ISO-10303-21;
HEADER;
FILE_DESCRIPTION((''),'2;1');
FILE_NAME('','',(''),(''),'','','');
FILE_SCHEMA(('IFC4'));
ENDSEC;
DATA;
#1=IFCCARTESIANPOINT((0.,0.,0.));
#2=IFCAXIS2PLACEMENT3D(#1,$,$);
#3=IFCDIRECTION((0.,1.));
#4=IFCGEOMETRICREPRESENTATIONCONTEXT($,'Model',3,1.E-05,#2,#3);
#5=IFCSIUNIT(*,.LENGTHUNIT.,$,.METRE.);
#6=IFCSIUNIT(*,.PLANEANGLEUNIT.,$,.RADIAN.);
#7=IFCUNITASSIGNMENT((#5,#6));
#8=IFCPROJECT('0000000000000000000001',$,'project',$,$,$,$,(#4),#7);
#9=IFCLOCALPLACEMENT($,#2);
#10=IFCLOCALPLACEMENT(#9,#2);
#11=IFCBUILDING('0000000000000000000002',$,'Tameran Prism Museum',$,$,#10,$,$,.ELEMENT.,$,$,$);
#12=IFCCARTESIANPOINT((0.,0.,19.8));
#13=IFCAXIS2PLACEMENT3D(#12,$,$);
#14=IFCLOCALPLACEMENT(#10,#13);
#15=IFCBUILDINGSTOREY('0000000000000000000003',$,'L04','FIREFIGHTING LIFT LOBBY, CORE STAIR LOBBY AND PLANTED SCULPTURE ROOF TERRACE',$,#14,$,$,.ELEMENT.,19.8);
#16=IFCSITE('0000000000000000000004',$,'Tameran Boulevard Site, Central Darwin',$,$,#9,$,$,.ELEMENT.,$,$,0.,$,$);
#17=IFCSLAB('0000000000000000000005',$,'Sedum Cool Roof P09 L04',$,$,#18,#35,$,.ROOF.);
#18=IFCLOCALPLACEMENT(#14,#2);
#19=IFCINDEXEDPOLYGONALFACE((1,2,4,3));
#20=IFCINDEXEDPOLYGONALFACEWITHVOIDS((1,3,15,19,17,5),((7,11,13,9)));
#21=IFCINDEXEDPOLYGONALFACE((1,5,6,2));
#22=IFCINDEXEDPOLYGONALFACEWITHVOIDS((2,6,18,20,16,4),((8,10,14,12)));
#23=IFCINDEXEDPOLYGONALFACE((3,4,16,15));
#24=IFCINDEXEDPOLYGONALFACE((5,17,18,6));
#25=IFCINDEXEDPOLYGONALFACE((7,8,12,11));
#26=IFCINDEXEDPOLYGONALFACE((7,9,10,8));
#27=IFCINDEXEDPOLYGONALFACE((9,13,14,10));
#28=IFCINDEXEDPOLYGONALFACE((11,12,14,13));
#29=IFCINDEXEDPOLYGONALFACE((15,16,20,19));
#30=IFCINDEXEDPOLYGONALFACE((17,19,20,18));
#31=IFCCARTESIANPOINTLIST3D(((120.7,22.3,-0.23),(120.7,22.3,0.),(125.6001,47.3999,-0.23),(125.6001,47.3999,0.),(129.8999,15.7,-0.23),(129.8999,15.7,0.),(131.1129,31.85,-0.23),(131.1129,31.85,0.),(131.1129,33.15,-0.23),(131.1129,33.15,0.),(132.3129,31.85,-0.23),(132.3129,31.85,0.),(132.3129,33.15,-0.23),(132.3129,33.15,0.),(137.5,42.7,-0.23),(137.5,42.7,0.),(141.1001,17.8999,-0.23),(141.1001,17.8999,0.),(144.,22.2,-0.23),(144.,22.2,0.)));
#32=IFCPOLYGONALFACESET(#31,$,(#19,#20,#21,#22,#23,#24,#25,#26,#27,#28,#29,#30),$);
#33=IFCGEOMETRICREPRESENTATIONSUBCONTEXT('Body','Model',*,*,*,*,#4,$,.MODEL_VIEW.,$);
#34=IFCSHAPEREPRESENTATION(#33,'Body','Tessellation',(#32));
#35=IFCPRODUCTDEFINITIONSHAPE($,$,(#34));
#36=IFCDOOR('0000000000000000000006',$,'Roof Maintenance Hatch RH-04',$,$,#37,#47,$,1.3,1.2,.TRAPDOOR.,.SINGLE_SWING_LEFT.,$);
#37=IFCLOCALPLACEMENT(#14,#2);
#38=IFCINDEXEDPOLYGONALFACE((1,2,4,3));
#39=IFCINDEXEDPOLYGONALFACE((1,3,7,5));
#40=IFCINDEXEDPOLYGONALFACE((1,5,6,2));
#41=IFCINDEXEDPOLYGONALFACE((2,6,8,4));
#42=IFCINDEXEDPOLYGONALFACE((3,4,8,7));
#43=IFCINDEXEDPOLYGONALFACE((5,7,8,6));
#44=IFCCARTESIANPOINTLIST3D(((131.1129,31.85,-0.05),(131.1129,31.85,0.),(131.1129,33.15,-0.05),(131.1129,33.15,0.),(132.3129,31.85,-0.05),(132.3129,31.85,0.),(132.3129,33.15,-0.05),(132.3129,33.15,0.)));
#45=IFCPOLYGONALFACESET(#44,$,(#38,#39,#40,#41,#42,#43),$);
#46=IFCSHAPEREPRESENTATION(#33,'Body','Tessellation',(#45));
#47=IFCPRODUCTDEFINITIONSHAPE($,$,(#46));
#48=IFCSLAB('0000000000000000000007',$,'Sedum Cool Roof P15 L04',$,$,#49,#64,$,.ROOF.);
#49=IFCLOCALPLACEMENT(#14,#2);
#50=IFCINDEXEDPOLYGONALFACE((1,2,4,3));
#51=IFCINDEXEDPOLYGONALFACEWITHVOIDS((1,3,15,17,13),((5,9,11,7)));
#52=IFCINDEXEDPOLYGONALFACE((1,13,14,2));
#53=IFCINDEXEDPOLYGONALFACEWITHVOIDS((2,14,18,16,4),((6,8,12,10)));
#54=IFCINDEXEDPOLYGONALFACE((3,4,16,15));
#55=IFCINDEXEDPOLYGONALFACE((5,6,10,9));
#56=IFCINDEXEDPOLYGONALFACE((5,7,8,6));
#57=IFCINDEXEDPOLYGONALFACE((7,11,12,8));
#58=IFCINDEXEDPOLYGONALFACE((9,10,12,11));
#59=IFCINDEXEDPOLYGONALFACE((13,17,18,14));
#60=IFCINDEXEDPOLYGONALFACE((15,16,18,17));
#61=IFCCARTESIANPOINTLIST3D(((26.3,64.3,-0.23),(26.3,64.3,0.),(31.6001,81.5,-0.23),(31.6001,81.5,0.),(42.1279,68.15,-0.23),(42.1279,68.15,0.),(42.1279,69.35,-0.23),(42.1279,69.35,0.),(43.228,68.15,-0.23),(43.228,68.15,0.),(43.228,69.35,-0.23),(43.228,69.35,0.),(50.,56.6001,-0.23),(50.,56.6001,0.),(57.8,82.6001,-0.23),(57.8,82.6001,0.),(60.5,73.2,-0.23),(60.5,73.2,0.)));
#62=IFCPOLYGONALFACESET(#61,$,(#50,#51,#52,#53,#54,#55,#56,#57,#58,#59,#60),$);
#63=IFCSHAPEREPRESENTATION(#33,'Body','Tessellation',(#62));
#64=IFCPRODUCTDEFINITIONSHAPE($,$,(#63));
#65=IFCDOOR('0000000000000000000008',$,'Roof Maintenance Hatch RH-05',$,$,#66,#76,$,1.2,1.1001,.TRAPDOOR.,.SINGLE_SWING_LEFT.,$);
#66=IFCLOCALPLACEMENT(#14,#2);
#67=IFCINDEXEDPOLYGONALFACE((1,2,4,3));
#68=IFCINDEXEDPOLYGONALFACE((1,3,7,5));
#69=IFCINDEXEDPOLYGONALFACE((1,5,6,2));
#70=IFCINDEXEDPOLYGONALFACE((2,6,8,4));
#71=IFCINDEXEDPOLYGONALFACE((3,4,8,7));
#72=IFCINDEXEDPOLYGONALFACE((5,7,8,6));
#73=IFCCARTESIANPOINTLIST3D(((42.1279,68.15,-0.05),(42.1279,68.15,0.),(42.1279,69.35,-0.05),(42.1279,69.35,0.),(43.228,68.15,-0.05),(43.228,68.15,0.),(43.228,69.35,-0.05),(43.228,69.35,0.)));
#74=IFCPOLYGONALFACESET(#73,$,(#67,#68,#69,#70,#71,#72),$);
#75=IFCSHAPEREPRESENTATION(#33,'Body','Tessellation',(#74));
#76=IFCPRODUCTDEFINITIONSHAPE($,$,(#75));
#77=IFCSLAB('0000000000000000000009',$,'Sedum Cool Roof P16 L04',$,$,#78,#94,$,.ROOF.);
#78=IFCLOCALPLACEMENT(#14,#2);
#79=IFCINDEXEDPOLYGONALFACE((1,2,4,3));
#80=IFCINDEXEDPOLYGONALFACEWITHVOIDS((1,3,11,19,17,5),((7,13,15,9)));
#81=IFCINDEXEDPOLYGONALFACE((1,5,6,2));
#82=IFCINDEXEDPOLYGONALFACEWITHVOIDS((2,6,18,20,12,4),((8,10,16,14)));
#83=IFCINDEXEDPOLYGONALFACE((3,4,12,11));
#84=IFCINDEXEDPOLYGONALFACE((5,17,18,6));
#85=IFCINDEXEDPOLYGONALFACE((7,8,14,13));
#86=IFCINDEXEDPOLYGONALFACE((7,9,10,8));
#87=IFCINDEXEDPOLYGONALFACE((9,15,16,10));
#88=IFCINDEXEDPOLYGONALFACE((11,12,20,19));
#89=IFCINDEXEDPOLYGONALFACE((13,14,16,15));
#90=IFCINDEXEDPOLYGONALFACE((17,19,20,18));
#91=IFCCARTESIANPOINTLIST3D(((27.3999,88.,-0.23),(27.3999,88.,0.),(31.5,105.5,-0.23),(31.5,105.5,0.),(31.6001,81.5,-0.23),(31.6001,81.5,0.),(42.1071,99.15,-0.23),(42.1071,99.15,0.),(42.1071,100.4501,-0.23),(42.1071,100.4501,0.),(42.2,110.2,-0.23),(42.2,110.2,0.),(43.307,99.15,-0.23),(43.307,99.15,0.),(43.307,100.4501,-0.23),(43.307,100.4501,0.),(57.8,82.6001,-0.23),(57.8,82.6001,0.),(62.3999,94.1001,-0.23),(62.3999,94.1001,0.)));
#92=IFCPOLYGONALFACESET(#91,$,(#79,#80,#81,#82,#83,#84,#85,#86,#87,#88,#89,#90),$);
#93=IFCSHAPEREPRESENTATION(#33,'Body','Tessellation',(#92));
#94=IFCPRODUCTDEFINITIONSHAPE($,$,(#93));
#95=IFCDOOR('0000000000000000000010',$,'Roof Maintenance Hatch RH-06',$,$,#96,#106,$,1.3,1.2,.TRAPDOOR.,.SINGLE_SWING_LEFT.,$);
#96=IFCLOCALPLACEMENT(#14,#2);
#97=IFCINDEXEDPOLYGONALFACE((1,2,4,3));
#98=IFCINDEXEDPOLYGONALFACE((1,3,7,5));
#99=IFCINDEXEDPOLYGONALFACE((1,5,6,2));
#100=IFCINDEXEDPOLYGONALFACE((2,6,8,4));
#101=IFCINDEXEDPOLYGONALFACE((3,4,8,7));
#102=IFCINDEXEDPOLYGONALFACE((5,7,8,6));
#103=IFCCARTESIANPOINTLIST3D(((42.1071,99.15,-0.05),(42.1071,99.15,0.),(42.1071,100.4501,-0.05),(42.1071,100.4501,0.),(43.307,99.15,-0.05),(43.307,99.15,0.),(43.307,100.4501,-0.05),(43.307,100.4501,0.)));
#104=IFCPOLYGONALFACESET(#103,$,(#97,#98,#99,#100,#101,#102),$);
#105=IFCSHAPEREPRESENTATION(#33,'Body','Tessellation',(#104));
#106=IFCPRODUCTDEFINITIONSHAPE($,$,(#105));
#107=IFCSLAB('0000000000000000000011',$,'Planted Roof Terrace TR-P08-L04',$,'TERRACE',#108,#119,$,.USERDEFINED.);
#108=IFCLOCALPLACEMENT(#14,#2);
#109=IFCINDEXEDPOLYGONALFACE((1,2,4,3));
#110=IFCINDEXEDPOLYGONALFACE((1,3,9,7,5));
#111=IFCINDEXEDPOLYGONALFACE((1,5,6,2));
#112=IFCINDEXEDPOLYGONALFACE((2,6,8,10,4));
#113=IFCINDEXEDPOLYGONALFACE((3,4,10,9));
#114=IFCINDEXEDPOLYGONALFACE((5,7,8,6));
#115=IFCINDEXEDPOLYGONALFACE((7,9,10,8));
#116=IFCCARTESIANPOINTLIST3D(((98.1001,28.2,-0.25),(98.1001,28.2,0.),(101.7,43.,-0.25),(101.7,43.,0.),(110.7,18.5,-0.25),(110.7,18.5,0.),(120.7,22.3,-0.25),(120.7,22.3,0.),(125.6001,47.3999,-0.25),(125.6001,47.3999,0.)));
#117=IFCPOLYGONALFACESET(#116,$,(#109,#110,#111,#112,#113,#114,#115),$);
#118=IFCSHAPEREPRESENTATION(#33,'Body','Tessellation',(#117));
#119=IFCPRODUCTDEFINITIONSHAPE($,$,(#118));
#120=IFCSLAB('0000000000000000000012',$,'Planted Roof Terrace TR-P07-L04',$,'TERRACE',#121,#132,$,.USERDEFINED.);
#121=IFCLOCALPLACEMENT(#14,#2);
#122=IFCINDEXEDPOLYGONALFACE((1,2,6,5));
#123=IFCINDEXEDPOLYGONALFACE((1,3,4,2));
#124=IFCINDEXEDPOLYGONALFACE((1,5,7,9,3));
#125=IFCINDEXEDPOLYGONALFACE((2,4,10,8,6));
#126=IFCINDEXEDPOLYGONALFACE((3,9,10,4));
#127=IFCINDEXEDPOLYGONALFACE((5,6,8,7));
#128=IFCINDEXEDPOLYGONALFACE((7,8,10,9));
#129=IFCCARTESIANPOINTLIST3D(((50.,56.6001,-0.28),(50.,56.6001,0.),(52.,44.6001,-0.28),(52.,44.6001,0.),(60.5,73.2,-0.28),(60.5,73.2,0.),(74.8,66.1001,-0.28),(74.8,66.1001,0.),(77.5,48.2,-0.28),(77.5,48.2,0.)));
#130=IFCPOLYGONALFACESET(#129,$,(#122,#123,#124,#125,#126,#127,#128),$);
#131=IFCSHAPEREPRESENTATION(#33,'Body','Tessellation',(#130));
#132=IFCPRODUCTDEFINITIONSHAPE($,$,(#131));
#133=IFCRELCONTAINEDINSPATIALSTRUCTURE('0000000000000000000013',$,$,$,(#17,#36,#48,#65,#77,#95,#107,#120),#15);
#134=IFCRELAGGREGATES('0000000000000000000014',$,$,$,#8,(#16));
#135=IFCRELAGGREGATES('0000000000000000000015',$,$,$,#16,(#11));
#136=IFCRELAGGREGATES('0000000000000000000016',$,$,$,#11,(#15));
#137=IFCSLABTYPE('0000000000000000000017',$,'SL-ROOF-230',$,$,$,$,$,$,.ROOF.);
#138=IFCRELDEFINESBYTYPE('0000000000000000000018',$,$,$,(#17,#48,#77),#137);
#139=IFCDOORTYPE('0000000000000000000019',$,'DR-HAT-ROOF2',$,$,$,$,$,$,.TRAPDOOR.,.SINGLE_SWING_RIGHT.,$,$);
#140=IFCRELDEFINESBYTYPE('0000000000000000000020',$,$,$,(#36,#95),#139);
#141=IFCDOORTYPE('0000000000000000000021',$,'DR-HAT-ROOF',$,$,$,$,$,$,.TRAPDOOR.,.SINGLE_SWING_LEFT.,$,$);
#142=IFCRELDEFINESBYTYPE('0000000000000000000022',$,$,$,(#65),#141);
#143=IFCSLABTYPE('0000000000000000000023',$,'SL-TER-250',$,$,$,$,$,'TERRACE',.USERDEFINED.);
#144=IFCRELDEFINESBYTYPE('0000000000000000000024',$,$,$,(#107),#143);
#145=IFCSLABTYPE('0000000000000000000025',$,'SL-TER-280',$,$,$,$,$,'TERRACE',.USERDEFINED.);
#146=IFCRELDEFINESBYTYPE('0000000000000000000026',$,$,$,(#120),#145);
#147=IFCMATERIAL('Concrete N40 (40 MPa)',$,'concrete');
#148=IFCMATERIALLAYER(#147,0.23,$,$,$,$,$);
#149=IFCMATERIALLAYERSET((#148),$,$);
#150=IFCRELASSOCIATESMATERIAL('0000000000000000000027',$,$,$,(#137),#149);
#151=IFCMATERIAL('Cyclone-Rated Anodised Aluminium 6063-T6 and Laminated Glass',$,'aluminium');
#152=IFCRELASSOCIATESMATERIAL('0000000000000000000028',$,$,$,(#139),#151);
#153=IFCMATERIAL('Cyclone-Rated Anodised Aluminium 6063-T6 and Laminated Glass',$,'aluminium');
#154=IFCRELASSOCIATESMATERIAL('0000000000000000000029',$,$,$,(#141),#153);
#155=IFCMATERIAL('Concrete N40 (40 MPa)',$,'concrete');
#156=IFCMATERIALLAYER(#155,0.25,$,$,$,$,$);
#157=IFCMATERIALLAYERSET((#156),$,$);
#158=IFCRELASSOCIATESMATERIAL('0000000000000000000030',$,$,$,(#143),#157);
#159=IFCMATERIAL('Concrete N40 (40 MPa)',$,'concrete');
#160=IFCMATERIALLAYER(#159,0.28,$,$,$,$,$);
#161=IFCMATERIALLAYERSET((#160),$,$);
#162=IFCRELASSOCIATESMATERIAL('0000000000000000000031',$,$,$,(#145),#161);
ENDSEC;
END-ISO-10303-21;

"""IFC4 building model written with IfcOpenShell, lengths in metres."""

from ifc_helpers import new_model, si_unit, direction, frame, origin, origin_2d, place, context, subcontext, project, spatial, polyline, rectangle, outline, extrude, material, layer, layer_set, type_object, element, fill, save


model = new_model("IFC4")

# Units and contexts
model_context = context("Model", 3, precision=1e-05, world=origin(), true_north=direction((0.0, 1.0)))
body_context = subcontext(model_context, "Body", "Model", "MODEL_VIEW")
ifc_project = project(units=[si_unit("LENGTHUNIT", "METRE"), si_unit("PLANEANGLEUNIT", "RADIAN")], contexts=[model_context])

# Site, building, storey
site_placement = place(None, origin())
site = spatial("IfcSite", under=ifc_project, at=site_placement, Name="Tameran Boulevard Site, Central Darwin", CompositionType="ELEMENT", RefElevation=0.0)
building_placement = place(site_placement, origin())
building = spatial("IfcBuilding", under=site, at=building_placement, Name="Tameran Prism Museum", CompositionType="ELEMENT")
storey_placement = place(building_placement, frame((0.0, 0.0, 19.8)))
storey = spatial("IfcBuildingStorey", under=building, at=storey_placement, Name="L04", Description="FIREFIGHTING LIFT LOBBY, CORE STAIR LOBBY AND PLANTED SCULPTURE ROOF TERRACE", CompositionType="ELEMENT", Elevation=19.8)

# Slabs, openings, doors
ifc_material_1 = material(Name="Concrete N40 (40 MPa)", Category="concrete")
ifc_layer_1 = layer(ifc_material_1, 0.23)
ifc_layer_set_1 = layer_set([ifc_layer_1])
slab_type_1 = type_object("IfcSlabType", Name="SL-ROOF-230", PredefinedType="ROOF", material=ifc_layer_set_1)
slab_1_placement = place(storey_placement, frame((0.0, 0.0, -0.23)))
slab_1 = element("IfcSlab", 1, at=slab_1_placement, inside=storey, type_object=slab_type_1, Name="Sedum Cool Roof P09 L04", PredefinedType="ROOF", context=body_context, shape_type="SweptSolid", body=[
    extrude(outline(polyline([(137.5, 42.7), (125.6001, 47.3999), (120.7, 22.3), (129.8999, 15.7), (141.1001, 17.8999), (144.0, 22.2), (137.5, 42.7)])), origin(), (0.0, 0.0, 1.0), 0.23),
])
opening_1_placement = place(slab_1_placement, frame((131.7129, 32.5, 0.0)))
opening_1 = element("IfcOpeningElement", 2, at=opening_1_placement, cuts=slab_1, PredefinedType="OPENING", context=body_context, shape_type="SweptSolid", body=[
    extrude(rectangle(XDim=1.2, YDim=1.3, at=origin_2d()), frame((0.0, 0.0, -0.01)), (0.0, 0.0, 1.0), 0.25),
])
ifc_material_2 = material(Name="Cyclone-Rated Anodised Aluminium 6063-T6 and Laminated Glass", Category="aluminium")
door_type_1 = type_object("IfcDoorType", Name="DR-HAT-ROOF2", OperationType="SINGLE_SWING_RIGHT", PredefinedType="TRAPDOOR", material=ifc_material_2)
door_1_placement = place(opening_1_placement, frame((0.0, 0.0, 0.1799)))
door_1 = element("IfcDoor", 3, at=door_1_placement, inside=storey, type_object=door_type_1, Name="Roof Maintenance Hatch RH-04", OperationType="SINGLE_SWING_LEFT", OverallHeight=1.3, OverallWidth=1.2, PredefinedType="TRAPDOOR", context=body_context, shape_type="SweptSolid", body=[
    extrude(rectangle(XDim=1.2, YDim=1.3, at=origin_2d()), origin(), (0.0, 0.0, 1.0), 0.05),
])
fill(opening_1, door_1)
slab_2_placement = place(storey_placement, frame((0.0, 0.0, -0.23)))
slab_2 = element("IfcSlab", 4, at=slab_2_placement, inside=storey, type_object=slab_type_1, Name="Sedum Cool Roof P15 L04", PredefinedType="ROOF", context=body_context, shape_type="SweptSolid", body=[
    extrude(outline(polyline([(50.0, 56.6001), (60.5, 73.2), (57.8, 82.6001), (31.6001, 81.5), (26.3, 64.3), (50.0, 56.6001)])), origin(), (0.0, 0.0, 1.0), 0.23),
])
opening_2_placement = place(slab_2_placement, frame((42.678, 68.75, 0.0)))
opening_2 = element("IfcOpeningElement", 5, at=opening_2_placement, cuts=slab_2, PredefinedType="OPENING", context=body_context, shape_type="SweptSolid", body=[
    extrude(rectangle(XDim=1.1001, YDim=1.2, at=origin_2d()), frame((0.0, 0.0, -0.01)), (0.0, 0.0, 1.0), 0.25),
])
ifc_material_3 = material(Name="Cyclone-Rated Anodised Aluminium 6063-T6 and Laminated Glass", Category="aluminium")
door_type_2 = type_object("IfcDoorType", Name="DR-HAT-ROOF", OperationType="SINGLE_SWING_LEFT", PredefinedType="TRAPDOOR", material=ifc_material_3)
door_2_placement = place(opening_2_placement, frame((0.0, 0.0, 0.1799)))
door_2 = element("IfcDoor", 6, at=door_2_placement, inside=storey, type_object=door_type_2, Name="Roof Maintenance Hatch RH-05", OperationType="SINGLE_SWING_LEFT", OverallHeight=1.2, OverallWidth=1.1001, PredefinedType="TRAPDOOR", context=body_context, shape_type="SweptSolid", body=[
    extrude(rectangle(XDim=1.1001, YDim=1.2, at=origin_2d()), origin(), (0.0, 0.0, 1.0), 0.05),
])
fill(opening_2, door_2)
slab_3_placement = place(storey_placement, frame((0.0, 0.0, -0.23)))
slab_3 = element("IfcSlab", 7, at=slab_3_placement, inside=storey, type_object=slab_type_1, Name="Sedum Cool Roof P16 L04", PredefinedType="ROOF", context=body_context, shape_type="SweptSolid", body=[
    extrude(outline(polyline([(31.6001, 81.5), (57.8, 82.6001), (62.3999, 94.1001), (42.2, 110.2), (31.5, 105.5), (27.3999, 88.0), (31.6001, 81.5)])), origin(), (0.0, 0.0, 1.0), 0.23),
])
opening_3_placement = place(slab_3_placement, frame((42.707, 99.8, 0.0)))
opening_3 = element("IfcOpeningElement", 8, at=opening_3_placement, cuts=slab_3, PredefinedType="OPENING", context=body_context, shape_type="SweptSolid", body=[
    extrude(rectangle(XDim=1.2, YDim=1.3, at=origin_2d()), frame((0.0, 0.0, -0.01)), (0.0, 0.0, 1.0), 0.25),
])
door_3_placement = place(opening_3_placement, frame((0.0, 0.0, 0.1799)))
door_3 = element("IfcDoor", 9, at=door_3_placement, inside=storey, type_object=door_type_1, Name="Roof Maintenance Hatch RH-06", OperationType="SINGLE_SWING_LEFT", OverallHeight=1.3, OverallWidth=1.2, PredefinedType="TRAPDOOR", context=body_context, shape_type="SweptSolid", body=[
    extrude(rectangle(XDim=1.2, YDim=1.3, at=origin_2d()), origin(), (0.0, 0.0, 1.0), 0.05),
])
fill(opening_3, door_3)

# Slabs
ifc_material_4 = material(Name="Concrete N40 (40 MPa)", Category="concrete")
ifc_layer_2 = layer(ifc_material_4, 0.25)
ifc_layer_set_2 = layer_set([ifc_layer_2])
slab_type_2 = type_object("IfcSlabType", Name="SL-TER-250", ElementType="TERRACE", PredefinedType="USERDEFINED", material=ifc_layer_set_2)
slab_4_placement = place(storey_placement, frame((0.0, 0.0, -0.25)))
element("IfcSlab", 10, at=slab_4_placement, inside=storey, type_object=slab_type_2, Name="Planted Roof Terrace TR-P08-L04", ObjectType="TERRACE", PredefinedType="USERDEFINED", context=body_context, shape_type="SweptSolid", body=[
    extrude(outline(polyline([(98.1001, 28.2), (110.7, 18.5), (120.7, 22.3), (125.6001, 47.3999), (101.7, 43.0), (98.1001, 28.2)])), origin(), (0.0, 0.0, 1.0), 0.25),
])
ifc_material_5 = material(Name="Concrete N40 (40 MPa)", Category="concrete")
ifc_layer_3 = layer(ifc_material_5, 0.28)
ifc_layer_set_3 = layer_set([ifc_layer_3])
slab_type_3 = type_object("IfcSlabType", Name="SL-TER-280", ElementType="TERRACE", PredefinedType="USERDEFINED", material=ifc_layer_set_3)
slab_5_placement = place(storey_placement, frame((0.0, 0.0, -0.28)))
element("IfcSlab", 11, at=slab_5_placement, inside=storey, type_object=slab_type_3, Name="Planted Roof Terrace TR-P07-L04", ObjectType="TERRACE", PredefinedType="USERDEFINED", context=body_context, shape_type="SweptSolid", body=[
    extrude(outline(polyline([(50.0, 56.6001), (52.0, 44.6001), (77.5, 48.2), (74.8, 66.1001), (60.5, 73.2), (50.0, 56.6001)])), origin(), (0.0, 0.0, 1.0), 0.28),
])

save(model, "model.ifc")
